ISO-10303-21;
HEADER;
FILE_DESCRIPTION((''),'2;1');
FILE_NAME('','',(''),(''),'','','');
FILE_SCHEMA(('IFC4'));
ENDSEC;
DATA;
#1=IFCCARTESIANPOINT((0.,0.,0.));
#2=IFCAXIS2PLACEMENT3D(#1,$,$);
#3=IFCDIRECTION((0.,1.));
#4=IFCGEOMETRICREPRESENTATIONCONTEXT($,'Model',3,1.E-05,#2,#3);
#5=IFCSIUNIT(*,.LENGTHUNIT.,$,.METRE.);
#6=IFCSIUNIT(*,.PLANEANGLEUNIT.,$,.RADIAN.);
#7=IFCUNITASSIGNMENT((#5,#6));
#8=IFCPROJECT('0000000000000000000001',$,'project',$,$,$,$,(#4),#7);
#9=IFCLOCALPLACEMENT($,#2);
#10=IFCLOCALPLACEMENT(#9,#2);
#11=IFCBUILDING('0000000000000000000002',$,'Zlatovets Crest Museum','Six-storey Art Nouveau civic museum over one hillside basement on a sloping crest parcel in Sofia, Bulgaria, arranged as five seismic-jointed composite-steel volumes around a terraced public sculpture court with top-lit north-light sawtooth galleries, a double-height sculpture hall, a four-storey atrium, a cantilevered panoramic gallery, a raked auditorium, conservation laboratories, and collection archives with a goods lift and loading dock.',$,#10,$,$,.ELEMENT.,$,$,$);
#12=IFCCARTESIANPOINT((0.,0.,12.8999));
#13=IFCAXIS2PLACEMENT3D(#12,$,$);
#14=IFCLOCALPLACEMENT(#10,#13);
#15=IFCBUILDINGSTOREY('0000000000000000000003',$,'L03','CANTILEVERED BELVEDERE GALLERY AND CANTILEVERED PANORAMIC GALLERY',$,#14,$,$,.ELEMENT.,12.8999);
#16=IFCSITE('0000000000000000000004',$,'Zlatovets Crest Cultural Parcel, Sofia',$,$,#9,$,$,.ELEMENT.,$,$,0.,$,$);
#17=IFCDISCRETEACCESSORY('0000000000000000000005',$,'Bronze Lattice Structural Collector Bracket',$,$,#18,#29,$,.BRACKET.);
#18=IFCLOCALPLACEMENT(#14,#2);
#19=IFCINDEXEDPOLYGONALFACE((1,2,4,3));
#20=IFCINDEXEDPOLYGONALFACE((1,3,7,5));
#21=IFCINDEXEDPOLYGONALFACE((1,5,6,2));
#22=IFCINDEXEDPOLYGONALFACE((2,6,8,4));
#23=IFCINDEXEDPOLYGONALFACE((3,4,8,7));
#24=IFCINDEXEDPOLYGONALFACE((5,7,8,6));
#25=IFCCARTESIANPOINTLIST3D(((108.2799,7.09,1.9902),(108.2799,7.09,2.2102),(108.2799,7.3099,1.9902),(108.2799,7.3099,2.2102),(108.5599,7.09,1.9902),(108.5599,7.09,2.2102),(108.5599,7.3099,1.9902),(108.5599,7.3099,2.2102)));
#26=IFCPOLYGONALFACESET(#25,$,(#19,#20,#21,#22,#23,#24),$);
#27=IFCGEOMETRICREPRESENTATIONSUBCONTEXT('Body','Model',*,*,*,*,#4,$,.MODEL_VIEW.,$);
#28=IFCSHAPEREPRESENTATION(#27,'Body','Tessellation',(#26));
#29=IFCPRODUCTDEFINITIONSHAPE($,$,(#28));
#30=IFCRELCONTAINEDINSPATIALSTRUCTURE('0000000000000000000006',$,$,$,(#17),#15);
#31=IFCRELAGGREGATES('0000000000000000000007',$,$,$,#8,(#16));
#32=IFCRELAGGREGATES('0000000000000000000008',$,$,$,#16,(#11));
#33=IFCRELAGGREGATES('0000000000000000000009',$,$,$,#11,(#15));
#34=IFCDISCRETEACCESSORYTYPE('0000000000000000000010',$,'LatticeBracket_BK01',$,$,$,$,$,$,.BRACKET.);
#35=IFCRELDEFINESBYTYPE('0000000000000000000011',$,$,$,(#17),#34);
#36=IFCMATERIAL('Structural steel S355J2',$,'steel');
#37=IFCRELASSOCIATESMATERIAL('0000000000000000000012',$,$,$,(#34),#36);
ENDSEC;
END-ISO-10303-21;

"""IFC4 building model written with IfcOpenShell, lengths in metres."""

from ifc_helpers import new_model, si_unit, direction, frame, origin, origin_2d, place, context, subcontext, project, spatial, rectangle, extrude, material, type_object, element, save


model = new_model("IFC4")

# Units and contexts
model_context = context("Model", 3, precision=1e-05, world=origin(), true_north=direction((0.0, 1.0)))
body_context = subcontext(model_context, "Body", "Model", "MODEL_VIEW")
ifc_project = project(units=[si_unit("LENGTHUNIT", "METRE"), si_unit("PLANEANGLEUNIT", "RADIAN")], contexts=[model_context])

# Site, building, storey
site_placement = place(None, origin())
site = spatial("IfcSite", under=ifc_project, at=site_placement, Name="Zlatovets Crest Cultural Parcel, Sofia", CompositionType="ELEMENT", RefElevation=0.0)
building_placement = place(site_placement, origin())
building = spatial("IfcBuilding", under=site, at=building_placement, Name="Zlatovets Crest Museum", Description="Six-storey Art Nouveau civic museum over one hillside basement on a sloping crest parcel in Sofia, Bulgaria, arranged as five seismic-jointed composite-steel volumes around a terraced public sculpture court with top-lit north-light sawtooth galleries, a double-height sculpture hall, a four-storey atrium, a cantilevered panoramic gallery, a raked auditorium, conservation laboratories, and collection archives with a goods lift and loading dock.", CompositionType="ELEMENT")
storey_placement = place(building_placement, frame((0.0, 0.0, 12.8999)))
storey = spatial("IfcBuildingStorey", under=building, at=storey_placement, Name="L03", Description="CANTILEVERED BELVEDERE GALLERY AND CANTILEVERED PANORAMIC GALLERY", CompositionType="ELEMENT", Elevation=12.8999)

# Shared definitions
ifc_material_1 = material(Name="Structural steel S355J2", Category="steel")

# Discrete accessory
discrete_accessory_type = type_object("IfcDiscreteAccessoryType", Name="LatticeBracket_BK01", PredefinedType="BRACKET", material=ifc_material_1)
discrete_accessory_placement = place(storey_placement, frame((108.4199, 7.2, 1.9902), z_axis=(0.0, 0.0, 1.0), x_axis=(1.0, 0.0, 0.0)))
element("IfcDiscreteAccessory", 1, at=discrete_accessory_placement, inside=storey, type_object=discrete_accessory_type, Name="Bronze Lattice Structural Collector Bracket", PredefinedType="BRACKET", context=body_context, shape_type="SweptSolid", body=[
    extrude(rectangle(XDim=0.28, YDim=0.22, at=origin_2d()), origin(), (0.0, 0.0, 1.0), 0.22),
])

save(model, "model.ifc")
